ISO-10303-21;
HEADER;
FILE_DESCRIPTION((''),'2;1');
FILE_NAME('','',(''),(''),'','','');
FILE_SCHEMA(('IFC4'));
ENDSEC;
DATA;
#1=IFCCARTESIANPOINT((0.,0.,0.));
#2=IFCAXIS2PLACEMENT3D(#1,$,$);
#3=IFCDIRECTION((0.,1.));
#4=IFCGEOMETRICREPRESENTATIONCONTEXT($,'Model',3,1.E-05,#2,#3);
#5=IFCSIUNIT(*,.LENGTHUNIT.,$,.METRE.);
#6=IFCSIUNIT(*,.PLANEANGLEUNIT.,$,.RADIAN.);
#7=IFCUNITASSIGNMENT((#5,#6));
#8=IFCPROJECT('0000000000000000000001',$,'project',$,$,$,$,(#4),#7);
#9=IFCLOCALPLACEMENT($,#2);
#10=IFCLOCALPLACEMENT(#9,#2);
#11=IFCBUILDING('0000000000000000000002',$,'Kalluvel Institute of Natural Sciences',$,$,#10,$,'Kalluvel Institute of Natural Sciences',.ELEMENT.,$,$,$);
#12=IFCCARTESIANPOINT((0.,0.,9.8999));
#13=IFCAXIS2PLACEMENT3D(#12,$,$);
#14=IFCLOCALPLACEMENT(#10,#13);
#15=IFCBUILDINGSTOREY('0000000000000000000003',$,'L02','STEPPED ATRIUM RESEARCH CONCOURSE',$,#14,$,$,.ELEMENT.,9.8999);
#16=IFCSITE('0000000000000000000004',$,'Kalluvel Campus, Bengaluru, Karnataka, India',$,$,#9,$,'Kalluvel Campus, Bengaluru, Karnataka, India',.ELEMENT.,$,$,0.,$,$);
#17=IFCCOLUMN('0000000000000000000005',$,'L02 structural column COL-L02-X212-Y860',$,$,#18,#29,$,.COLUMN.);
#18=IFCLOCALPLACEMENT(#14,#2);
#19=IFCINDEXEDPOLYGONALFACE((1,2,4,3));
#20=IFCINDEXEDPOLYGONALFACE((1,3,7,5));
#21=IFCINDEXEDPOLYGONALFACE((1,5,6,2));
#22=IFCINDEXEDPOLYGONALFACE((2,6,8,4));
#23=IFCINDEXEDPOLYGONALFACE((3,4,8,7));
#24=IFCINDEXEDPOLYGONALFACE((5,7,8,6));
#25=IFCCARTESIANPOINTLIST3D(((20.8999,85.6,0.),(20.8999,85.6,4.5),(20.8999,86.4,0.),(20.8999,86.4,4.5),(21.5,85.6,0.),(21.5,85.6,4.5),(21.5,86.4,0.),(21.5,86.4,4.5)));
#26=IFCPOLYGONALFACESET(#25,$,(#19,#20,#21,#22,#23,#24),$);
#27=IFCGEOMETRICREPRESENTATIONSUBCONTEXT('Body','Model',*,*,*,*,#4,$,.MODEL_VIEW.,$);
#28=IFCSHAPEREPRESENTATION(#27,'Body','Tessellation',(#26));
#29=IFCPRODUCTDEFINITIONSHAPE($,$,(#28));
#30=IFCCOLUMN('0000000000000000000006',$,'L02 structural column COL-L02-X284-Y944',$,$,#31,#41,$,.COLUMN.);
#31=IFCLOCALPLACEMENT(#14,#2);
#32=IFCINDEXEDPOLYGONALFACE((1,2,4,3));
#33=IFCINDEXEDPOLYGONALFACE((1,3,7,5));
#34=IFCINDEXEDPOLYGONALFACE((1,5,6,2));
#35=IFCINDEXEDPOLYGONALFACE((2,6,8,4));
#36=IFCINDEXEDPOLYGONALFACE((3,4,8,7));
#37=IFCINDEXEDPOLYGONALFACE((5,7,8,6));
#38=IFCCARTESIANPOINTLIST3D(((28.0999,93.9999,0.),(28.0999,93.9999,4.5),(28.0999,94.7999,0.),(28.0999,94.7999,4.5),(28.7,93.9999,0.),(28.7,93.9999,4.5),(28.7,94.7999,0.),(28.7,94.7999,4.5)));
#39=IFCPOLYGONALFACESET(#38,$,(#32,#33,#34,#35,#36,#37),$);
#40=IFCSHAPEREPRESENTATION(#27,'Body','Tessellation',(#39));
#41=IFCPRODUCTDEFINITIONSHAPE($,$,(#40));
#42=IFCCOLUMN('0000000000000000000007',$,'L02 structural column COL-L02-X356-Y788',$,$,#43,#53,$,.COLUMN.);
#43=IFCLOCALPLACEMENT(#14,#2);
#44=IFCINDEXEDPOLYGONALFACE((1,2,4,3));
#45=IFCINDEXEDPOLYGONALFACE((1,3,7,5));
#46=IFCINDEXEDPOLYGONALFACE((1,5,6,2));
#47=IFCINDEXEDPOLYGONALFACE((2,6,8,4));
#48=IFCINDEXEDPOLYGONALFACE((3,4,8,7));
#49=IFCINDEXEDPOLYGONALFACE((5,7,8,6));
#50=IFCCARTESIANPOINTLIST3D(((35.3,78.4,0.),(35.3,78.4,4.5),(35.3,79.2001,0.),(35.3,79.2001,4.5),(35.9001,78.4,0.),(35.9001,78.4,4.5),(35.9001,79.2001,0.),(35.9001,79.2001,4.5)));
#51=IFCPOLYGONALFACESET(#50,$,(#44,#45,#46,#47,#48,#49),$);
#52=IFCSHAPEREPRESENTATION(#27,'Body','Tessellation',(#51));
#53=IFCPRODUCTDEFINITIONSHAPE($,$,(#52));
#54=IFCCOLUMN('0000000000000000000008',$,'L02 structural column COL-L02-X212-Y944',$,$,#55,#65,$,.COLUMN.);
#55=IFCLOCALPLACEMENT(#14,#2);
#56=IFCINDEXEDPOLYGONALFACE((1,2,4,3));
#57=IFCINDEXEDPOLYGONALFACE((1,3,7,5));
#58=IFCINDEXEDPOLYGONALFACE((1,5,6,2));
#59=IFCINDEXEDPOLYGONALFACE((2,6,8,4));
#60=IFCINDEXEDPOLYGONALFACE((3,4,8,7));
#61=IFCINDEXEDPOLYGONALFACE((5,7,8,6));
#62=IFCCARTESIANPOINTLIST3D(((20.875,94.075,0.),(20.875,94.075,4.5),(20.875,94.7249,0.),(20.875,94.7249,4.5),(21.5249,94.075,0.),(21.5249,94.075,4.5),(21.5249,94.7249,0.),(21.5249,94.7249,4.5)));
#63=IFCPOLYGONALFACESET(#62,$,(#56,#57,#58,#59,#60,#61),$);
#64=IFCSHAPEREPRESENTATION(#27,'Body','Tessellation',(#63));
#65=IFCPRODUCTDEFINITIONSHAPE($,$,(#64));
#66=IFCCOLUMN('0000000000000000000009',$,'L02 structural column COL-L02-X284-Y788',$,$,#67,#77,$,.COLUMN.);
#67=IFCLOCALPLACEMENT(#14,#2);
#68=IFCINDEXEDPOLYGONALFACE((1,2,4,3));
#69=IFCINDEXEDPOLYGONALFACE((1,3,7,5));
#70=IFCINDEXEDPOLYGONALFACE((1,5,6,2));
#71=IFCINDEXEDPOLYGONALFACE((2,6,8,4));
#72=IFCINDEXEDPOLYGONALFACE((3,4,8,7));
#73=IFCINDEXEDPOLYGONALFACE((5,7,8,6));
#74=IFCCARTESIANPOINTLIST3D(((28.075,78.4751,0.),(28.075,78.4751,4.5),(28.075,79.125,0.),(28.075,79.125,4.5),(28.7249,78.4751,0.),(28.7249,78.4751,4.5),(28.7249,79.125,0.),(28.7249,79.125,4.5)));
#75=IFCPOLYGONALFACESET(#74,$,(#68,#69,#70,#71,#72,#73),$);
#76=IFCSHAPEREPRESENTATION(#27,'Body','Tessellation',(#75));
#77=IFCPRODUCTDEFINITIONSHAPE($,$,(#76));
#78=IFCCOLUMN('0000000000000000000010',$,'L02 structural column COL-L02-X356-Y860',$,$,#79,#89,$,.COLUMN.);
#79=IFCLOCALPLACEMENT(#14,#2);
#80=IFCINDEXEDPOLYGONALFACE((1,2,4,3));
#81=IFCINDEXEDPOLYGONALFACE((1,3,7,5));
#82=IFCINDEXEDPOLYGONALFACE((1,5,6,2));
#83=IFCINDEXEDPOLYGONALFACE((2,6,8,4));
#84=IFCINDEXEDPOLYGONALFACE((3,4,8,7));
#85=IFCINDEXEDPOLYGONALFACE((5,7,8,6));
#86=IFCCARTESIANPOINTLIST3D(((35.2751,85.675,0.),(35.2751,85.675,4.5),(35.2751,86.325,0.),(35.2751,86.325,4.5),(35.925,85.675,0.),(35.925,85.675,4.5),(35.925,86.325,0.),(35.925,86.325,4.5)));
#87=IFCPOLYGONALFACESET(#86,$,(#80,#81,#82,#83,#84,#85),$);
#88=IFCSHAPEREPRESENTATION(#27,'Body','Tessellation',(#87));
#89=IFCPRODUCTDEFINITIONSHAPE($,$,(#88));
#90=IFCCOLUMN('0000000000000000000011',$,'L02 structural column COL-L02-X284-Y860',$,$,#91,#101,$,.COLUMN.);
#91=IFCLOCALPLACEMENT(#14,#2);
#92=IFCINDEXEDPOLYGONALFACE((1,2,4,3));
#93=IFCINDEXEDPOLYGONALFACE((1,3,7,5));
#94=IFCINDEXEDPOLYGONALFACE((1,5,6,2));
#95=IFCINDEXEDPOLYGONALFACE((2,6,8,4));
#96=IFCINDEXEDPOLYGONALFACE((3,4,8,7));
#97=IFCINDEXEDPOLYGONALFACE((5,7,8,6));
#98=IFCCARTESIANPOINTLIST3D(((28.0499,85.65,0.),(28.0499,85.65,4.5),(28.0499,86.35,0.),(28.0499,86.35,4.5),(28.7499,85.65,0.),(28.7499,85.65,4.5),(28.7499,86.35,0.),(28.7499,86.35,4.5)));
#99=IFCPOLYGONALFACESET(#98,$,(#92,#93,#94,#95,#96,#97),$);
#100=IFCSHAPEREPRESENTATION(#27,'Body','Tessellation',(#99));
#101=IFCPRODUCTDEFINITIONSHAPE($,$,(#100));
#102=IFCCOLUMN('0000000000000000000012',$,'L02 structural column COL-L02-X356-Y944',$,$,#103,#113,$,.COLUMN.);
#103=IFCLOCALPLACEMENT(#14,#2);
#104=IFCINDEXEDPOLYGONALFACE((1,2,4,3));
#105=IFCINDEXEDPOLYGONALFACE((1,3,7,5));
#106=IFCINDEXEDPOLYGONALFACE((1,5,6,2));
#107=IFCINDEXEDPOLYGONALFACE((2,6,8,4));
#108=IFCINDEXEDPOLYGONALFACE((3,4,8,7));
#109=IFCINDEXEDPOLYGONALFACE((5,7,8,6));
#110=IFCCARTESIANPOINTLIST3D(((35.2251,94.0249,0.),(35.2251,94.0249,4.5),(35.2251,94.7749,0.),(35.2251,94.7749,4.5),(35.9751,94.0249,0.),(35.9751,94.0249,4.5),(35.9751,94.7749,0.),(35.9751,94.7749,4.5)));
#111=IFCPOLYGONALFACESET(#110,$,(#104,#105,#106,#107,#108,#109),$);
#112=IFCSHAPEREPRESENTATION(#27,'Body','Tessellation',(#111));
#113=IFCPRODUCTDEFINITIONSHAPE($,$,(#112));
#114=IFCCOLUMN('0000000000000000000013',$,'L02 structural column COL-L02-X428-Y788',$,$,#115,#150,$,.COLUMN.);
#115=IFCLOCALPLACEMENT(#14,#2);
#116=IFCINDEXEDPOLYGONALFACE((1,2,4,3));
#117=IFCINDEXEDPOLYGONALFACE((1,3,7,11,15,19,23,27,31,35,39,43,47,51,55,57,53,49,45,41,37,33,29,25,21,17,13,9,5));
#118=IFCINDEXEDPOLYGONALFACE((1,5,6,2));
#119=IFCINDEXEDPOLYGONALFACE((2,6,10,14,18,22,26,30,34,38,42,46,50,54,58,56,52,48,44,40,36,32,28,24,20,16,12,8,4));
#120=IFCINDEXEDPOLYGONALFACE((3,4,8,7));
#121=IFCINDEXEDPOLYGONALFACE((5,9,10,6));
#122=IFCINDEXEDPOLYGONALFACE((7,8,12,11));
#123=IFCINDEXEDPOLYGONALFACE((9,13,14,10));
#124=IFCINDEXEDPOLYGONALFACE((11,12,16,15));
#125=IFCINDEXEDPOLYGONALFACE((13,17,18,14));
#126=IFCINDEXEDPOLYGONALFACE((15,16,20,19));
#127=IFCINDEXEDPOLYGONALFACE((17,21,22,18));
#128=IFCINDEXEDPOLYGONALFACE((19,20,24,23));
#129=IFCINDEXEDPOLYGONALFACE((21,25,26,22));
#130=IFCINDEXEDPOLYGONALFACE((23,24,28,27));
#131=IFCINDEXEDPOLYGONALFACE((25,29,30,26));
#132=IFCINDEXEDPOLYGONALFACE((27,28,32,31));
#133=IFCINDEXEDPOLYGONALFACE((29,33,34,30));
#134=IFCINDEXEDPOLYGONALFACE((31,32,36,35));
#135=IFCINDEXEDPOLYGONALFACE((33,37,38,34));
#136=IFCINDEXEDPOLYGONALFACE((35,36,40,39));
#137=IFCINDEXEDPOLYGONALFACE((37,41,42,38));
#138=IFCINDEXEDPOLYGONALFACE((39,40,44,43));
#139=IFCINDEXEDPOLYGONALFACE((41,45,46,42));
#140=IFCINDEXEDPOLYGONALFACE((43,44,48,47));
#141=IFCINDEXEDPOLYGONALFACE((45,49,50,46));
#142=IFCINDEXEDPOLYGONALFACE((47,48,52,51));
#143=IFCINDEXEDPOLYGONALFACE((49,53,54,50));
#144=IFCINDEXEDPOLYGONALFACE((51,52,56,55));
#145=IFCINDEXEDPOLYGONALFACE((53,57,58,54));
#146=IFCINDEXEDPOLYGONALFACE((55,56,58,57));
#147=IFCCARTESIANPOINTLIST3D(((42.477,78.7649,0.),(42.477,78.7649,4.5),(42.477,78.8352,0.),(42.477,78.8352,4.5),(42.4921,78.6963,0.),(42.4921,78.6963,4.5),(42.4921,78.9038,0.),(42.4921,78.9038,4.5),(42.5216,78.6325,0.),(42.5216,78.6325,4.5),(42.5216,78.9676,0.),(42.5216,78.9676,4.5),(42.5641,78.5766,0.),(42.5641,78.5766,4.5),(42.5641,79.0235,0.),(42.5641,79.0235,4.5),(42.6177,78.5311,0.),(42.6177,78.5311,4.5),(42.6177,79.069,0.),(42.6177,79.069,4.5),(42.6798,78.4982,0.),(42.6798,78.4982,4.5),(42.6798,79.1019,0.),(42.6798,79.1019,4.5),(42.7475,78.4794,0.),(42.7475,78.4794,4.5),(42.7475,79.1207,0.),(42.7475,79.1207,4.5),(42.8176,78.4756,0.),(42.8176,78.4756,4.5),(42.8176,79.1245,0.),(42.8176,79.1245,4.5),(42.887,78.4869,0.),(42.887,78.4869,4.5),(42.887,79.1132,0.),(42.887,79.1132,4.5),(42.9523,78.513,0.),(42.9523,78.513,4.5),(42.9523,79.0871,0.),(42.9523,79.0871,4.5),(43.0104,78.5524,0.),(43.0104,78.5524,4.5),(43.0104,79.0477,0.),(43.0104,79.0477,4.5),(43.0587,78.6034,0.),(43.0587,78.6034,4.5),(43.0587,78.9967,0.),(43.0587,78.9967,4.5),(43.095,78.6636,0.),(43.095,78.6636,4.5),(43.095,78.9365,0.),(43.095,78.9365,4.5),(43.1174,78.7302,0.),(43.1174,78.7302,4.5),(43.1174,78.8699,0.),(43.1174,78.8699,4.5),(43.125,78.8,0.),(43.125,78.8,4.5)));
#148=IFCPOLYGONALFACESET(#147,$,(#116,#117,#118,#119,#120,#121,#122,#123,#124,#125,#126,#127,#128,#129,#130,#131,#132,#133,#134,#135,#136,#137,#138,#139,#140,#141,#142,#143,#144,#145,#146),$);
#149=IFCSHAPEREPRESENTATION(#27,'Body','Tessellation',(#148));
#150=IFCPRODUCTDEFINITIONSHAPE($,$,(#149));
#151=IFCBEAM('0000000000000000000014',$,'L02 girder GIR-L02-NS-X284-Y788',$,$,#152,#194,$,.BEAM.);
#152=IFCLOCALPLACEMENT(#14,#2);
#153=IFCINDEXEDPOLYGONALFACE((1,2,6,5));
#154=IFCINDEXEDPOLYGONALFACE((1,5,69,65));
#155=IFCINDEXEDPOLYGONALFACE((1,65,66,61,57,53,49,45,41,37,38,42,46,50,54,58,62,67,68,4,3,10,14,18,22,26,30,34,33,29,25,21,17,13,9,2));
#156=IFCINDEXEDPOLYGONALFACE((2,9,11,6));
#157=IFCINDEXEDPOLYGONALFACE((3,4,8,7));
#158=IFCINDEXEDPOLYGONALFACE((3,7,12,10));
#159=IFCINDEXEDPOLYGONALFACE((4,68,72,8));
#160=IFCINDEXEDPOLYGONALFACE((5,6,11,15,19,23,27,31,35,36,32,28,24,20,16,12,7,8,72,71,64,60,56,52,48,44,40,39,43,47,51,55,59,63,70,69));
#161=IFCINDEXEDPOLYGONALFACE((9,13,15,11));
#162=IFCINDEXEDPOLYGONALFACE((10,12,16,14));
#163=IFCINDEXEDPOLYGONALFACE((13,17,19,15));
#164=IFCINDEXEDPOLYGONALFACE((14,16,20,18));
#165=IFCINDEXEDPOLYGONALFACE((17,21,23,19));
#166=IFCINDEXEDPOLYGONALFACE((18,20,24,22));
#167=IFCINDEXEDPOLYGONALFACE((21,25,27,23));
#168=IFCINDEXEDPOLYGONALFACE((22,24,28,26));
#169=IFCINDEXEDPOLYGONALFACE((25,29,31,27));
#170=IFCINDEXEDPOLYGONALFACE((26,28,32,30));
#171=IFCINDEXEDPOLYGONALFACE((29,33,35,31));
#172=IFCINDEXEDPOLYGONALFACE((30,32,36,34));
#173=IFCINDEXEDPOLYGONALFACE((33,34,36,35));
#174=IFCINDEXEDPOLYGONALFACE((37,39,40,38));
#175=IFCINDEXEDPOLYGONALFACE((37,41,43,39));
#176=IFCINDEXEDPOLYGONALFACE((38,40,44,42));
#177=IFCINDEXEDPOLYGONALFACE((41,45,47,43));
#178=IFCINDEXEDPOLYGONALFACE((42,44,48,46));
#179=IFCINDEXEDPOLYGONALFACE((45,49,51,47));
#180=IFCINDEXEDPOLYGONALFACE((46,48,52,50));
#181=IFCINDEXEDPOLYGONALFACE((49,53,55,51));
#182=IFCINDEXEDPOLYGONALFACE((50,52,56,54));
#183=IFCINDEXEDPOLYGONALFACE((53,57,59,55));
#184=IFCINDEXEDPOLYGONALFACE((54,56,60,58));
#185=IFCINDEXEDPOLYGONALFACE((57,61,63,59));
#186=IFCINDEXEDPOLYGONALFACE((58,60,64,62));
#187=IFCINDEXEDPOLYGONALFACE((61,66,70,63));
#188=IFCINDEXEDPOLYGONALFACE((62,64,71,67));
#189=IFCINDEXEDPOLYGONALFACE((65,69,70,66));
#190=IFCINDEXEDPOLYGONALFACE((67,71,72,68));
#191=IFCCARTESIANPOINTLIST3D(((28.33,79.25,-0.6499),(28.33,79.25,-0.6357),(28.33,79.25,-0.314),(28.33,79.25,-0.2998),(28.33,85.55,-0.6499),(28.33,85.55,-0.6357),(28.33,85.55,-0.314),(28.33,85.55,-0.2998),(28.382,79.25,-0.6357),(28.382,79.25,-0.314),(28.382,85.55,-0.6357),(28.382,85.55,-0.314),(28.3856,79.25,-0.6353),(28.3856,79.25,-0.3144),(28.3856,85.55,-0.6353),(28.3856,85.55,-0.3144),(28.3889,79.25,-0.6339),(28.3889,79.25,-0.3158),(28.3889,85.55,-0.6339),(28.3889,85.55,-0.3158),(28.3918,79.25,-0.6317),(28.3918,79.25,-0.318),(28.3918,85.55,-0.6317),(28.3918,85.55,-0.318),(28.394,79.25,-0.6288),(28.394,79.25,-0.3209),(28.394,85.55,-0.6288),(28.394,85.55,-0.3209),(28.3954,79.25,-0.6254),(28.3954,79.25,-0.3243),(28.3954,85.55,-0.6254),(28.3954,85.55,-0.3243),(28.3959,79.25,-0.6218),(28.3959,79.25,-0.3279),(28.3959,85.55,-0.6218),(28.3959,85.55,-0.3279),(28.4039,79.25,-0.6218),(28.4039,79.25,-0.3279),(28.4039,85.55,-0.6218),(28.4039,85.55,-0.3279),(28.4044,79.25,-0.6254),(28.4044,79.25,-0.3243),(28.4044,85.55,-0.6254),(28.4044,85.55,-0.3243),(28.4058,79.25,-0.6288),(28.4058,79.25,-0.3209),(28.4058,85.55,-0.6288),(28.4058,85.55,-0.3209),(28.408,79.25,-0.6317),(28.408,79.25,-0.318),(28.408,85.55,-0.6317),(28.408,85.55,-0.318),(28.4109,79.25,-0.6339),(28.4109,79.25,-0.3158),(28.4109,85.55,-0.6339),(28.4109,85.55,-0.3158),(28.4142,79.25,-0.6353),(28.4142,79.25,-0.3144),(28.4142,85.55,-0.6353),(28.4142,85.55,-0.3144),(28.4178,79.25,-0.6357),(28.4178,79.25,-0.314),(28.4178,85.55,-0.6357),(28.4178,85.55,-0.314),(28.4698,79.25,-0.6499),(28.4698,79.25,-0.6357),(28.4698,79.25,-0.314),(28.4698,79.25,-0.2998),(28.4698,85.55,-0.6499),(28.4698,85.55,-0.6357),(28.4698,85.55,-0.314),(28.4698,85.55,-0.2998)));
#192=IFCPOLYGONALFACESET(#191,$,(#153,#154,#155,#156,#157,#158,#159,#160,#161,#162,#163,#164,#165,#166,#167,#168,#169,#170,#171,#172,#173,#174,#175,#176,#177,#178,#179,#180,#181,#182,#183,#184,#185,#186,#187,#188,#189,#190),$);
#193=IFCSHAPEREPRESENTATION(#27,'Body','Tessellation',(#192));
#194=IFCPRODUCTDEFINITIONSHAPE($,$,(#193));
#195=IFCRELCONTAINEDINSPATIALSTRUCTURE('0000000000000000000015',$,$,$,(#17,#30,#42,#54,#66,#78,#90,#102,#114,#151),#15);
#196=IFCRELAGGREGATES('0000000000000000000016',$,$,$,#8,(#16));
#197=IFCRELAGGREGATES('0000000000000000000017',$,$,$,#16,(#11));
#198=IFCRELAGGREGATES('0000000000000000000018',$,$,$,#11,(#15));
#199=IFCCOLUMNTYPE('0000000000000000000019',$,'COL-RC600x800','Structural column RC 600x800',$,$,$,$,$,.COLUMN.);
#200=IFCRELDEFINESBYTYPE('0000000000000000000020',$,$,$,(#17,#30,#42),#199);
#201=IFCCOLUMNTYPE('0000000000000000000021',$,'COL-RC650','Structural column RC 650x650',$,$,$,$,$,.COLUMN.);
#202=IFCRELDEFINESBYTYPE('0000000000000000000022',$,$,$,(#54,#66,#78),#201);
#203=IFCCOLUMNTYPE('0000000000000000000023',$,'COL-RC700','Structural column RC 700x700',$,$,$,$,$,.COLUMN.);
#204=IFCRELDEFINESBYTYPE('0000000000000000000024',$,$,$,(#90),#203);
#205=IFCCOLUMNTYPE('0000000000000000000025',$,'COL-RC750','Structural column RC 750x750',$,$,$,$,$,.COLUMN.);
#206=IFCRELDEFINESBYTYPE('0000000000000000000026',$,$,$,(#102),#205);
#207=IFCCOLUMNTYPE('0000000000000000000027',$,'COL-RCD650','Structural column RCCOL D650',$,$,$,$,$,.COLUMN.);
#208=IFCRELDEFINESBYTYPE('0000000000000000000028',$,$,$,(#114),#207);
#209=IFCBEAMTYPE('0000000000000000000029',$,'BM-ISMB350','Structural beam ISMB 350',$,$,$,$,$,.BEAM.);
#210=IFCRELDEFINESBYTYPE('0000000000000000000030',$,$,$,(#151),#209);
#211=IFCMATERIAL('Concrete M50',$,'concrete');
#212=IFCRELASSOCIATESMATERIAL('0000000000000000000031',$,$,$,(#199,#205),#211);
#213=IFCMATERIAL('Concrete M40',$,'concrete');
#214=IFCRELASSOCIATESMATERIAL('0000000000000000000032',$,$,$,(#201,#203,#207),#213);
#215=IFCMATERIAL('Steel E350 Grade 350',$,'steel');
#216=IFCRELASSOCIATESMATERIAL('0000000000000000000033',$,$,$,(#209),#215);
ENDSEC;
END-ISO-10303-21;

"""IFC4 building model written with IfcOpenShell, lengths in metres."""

from ifc_helpers import new_model, si_unit, direction, frame, origin, origin_2d, place, context, subcontext, project, spatial, rectangle, circle, i_section, extrude, material, material_profile, profile_set, type_object, element, save


model = new_model("IFC4")

# Units and contexts
model_context = context("Model", 3, precision=1e-05, world=origin(), true_north=direction((0.0, 1.0)))
body_context = subcontext(model_context, "Body", "Model", "MODEL_VIEW")
ifc_project = project(units=[si_unit("LENGTHUNIT", "METRE"), si_unit("PLANEANGLEUNIT", "RADIAN")], contexts=[model_context])

# Site, building, storey
site_placement = place(None, origin())
site = spatial("IfcSite", under=ifc_project, at=site_placement, Name="Kalluvel Campus, Bengaluru, Karnataka, India", LongName="Kalluvel Campus, Bengaluru, Karnataka, India", CompositionType="ELEMENT", RefElevation=0.0)
building_placement = place(site_placement, origin())
building = spatial("IfcBuilding", under=site, at=building_placement, Name="Kalluvel Institute of Natural Sciences", LongName="Kalluvel Institute of Natural Sciences", CompositionType="ELEMENT")
storey_placement = place(building_placement, frame((0.0, 0.0, 9.8999)))
storey = spatial("IfcBuildingStorey", under=building, at=storey_placement, Name="L02", Description="STEPPED ATRIUM RESEARCH CONCOURSE", CompositionType="ELEMENT", Elevation=9.8999)

# Columns
ifc_material_1 = material(Name="Concrete M50", Category="concrete")
ifc_material_profile_1 = material_profile(ifc_material_1, rectangle(XDim=0.6001, YDim=0.8, at=origin_2d()), Name="RC 600x800")
ifc_profile_set_1 = profile_set([ifc_material_profile_1], Name="Concrete M50")
column_type_1 = type_object("IfcColumnType", Name="COL-RC600x800", Description="Structural column RC 600x800", PredefinedType="COLUMN", material=ifc_profile_set_1)
for number, where, z_axis, x_axis, name in (
    (1, (21.2, 86.0, 0.0), (0.0, 0.0, 1.0), (1.0, 0.0, 0.0), "L02 structural column COL-L02-X212-Y860"),
    (2, (28.3999, 94.3999, 0.0), (0.0, 0.0, 1.0), (1.0, 0.0, 0.0), "L02 structural column COL-L02-X284-Y944"),
    (3, (35.6001, 78.8, 0.0), (0.0, 0.0, 1.0), (1.0, 0.0, 0.0), "L02 structural column COL-L02-X356-Y788"),
):
    element("IfcColumn", number, at=place(storey_placement, frame(where, z_axis=z_axis, x_axis=x_axis)), inside=storey, type_object=column_type_1, Name=name, PredefinedType="COLUMN", context=body_context, shape_type="SweptSolid", body=[
        extrude(rectangle(XDim=0.6001, YDim=0.8, at=origin_2d()), origin(), (0.0, 0.0, 1.0), 4.5),
    ])
ifc_material_2 = material(Name="Concrete M40", Category="concrete")
ifc_material_profile_2 = material_profile(ifc_material_2, rectangle(XDim=0.6499, YDim=0.6499, at=origin_2d()), Name="RC 650x650")
ifc_profile_set_2 = profile_set([ifc_material_profile_2], Name="Concrete M40")
column_type_2 = type_object("IfcColumnType", Name="COL-RC650", Description="Structural column RC 650x650", PredefinedType="COLUMN", material=ifc_profile_set_2)
for number, where, z_axis, x_axis, name in (
    (4, (21.2, 94.3999, 0.0), (0.0, 0.0, 1.0), (1.0, 0.0, 0.0), "L02 structural column COL-L02-X212-Y944"),
    (5, (28.3999, 78.8, 0.0), (0.0, 0.0, 1.0), (1.0, 0.0, 0.0), "L02 structural column COL-L02-X284-Y788"),
    (6, (35.6001, 86.0, 0.0), (0.0, 0.0, 1.0), (1.0, 0.0, 0.0), "L02 structural column COL-L02-X356-Y860"),
):
    element("IfcColumn", number, at=place(storey_placement, frame(where, z_axis=z_axis, x_axis=x_axis)), inside=storey, type_object=column_type_2, Name=name, PredefinedType="COLUMN", context=body_context, shape_type="SweptSolid", body=[
        extrude(rectangle(XDim=0.6499, YDim=0.6499, at=origin_2d()), origin(), (0.0, 0.0, 1.0), 4.5),
    ])
ifc_material_profile_3 = material_profile(ifc_material_2, rectangle(XDim=0.7, YDim=0.7, at=origin_2d()), Name="RC 700x700")
ifc_profile_set_3 = profile_set([ifc_material_profile_3], Name="Concrete M40")
column_type_3 = type_object("IfcColumnType", Name="COL-RC700", Description="Structural column RC 700x700", PredefinedType="COLUMN", material=ifc_profile_set_3)
column_1_placement = place(storey_placement, frame((28.3999, 86.0, 0.0), z_axis=(0.0, 0.0, 1.0), x_axis=(1.0, 0.0, 0.0)))
element("IfcColumn", 7, at=column_1_placement, inside=storey, type_object=column_type_3, Name="L02 structural column COL-L02-X284-Y860", PredefinedType="COLUMN", context=body_context, shape_type="SweptSolid", body=[
    extrude(rectangle(XDim=0.7, YDim=0.7, at=origin_2d()), origin(), (0.0, 0.0, 1.0), 4.5),
])
ifc_material_profile_4 = material_profile(ifc_material_1, rectangle(XDim=0.75, YDim=0.75, at=origin_2d()), Name="RC 750x750")
ifc_profile_set_4 = profile_set([ifc_material_profile_4], Name="Concrete M50")
column_type_4 = type_object("IfcColumnType", Name="COL-RC750", Description="Structural column RC 750x750", PredefinedType="COLUMN", material=ifc_profile_set_4)
column_2_placement = place(storey_placement, frame((35.6001, 94.3999, 0.0), z_axis=(0.0, 0.0, 1.0), x_axis=(1.0, 0.0, 0.0)))
element("IfcColumn", 8, at=column_2_placement, inside=storey, type_object=column_type_4, Name="L02 structural column COL-L02-X356-Y944", PredefinedType="COLUMN", context=body_context, shape_type="SweptSolid", body=[
    extrude(rectangle(XDim=0.75, YDim=0.75, at=origin_2d()), origin(), (0.0, 0.0, 1.0), 4.5),
])
ifc_material_profile_5 = material_profile(ifc_material_2, circle(Radius=0.325, at=origin_2d()), Name="RCCOL D650")
ifc_profile_set_5 = profile_set([ifc_material_profile_5], Name="Concrete M40")
column_type_5 = type_object("IfcColumnType", Name="COL-RCD650", Description="Structural column RCCOL D650", PredefinedType="COLUMN", material=ifc_profile_set_5)
column_3_placement = place(storey_placement, frame((42.8, 78.8, 0.0), z_axis=(0.0, 0.0, 1.0), x_axis=(1.0, 0.0, 0.0)))
element("IfcColumn", 9, at=column_3_placement, inside=storey, type_object=column_type_5, Name="L02 structural column COL-L02-X428-Y788", PredefinedType="COLUMN", context=body_context, shape_type="SweptSolid", body=[
    extrude(circle(Radius=0.325, at=origin_2d()), origin(), (0.0, 0.0, 1.0), 4.5),
])

# Beam
ifc_material_3 = material(Name="Steel E350 Grade 350", Category="steel")
ifc_material_profile_6 = material_profile(ifc_material_3, i_section(OverallWidth=0.1399, OverallDepth=0.3501, WebThickness=0.0081, FlangeThickness=0.0142, FilletRadius=0.0139, at=origin_2d()), Name="ISMB 350")
ifc_profile_set_6 = profile_set([ifc_material_profile_6], Name="Steel E350 Grade 350")
beam_type_1 = type_object("IfcBeamType", Name="BM-ISMB350", Description="Structural beam ISMB 350", PredefinedType="BEAM", material=ifc_profile_set_6)
beam_1_placement = place(storey_placement, frame((28.3999, 79.25, -0.4749), z_axis=(0.0, 1.0, 0.0), x_axis=(-1.0, 0.0, 0.0)))
element("IfcBeam", 10, at=beam_1_placement, inside=storey, type_object=beam_type_1, Name="L02 girder GIR-L02-NS-X284-Y788", PredefinedType="BEAM", context=body_context, shape_type="SweptSolid", body=[
    extrude(i_section(OverallWidth=0.1399, OverallDepth=0.3501, WebThickness=0.0081, FlangeThickness=0.0142, FilletRadius=0.0139, at=origin_2d()), origin(), (0.0, 0.0, 1.0), 6.3),
])

save(model, "model.ifc")
